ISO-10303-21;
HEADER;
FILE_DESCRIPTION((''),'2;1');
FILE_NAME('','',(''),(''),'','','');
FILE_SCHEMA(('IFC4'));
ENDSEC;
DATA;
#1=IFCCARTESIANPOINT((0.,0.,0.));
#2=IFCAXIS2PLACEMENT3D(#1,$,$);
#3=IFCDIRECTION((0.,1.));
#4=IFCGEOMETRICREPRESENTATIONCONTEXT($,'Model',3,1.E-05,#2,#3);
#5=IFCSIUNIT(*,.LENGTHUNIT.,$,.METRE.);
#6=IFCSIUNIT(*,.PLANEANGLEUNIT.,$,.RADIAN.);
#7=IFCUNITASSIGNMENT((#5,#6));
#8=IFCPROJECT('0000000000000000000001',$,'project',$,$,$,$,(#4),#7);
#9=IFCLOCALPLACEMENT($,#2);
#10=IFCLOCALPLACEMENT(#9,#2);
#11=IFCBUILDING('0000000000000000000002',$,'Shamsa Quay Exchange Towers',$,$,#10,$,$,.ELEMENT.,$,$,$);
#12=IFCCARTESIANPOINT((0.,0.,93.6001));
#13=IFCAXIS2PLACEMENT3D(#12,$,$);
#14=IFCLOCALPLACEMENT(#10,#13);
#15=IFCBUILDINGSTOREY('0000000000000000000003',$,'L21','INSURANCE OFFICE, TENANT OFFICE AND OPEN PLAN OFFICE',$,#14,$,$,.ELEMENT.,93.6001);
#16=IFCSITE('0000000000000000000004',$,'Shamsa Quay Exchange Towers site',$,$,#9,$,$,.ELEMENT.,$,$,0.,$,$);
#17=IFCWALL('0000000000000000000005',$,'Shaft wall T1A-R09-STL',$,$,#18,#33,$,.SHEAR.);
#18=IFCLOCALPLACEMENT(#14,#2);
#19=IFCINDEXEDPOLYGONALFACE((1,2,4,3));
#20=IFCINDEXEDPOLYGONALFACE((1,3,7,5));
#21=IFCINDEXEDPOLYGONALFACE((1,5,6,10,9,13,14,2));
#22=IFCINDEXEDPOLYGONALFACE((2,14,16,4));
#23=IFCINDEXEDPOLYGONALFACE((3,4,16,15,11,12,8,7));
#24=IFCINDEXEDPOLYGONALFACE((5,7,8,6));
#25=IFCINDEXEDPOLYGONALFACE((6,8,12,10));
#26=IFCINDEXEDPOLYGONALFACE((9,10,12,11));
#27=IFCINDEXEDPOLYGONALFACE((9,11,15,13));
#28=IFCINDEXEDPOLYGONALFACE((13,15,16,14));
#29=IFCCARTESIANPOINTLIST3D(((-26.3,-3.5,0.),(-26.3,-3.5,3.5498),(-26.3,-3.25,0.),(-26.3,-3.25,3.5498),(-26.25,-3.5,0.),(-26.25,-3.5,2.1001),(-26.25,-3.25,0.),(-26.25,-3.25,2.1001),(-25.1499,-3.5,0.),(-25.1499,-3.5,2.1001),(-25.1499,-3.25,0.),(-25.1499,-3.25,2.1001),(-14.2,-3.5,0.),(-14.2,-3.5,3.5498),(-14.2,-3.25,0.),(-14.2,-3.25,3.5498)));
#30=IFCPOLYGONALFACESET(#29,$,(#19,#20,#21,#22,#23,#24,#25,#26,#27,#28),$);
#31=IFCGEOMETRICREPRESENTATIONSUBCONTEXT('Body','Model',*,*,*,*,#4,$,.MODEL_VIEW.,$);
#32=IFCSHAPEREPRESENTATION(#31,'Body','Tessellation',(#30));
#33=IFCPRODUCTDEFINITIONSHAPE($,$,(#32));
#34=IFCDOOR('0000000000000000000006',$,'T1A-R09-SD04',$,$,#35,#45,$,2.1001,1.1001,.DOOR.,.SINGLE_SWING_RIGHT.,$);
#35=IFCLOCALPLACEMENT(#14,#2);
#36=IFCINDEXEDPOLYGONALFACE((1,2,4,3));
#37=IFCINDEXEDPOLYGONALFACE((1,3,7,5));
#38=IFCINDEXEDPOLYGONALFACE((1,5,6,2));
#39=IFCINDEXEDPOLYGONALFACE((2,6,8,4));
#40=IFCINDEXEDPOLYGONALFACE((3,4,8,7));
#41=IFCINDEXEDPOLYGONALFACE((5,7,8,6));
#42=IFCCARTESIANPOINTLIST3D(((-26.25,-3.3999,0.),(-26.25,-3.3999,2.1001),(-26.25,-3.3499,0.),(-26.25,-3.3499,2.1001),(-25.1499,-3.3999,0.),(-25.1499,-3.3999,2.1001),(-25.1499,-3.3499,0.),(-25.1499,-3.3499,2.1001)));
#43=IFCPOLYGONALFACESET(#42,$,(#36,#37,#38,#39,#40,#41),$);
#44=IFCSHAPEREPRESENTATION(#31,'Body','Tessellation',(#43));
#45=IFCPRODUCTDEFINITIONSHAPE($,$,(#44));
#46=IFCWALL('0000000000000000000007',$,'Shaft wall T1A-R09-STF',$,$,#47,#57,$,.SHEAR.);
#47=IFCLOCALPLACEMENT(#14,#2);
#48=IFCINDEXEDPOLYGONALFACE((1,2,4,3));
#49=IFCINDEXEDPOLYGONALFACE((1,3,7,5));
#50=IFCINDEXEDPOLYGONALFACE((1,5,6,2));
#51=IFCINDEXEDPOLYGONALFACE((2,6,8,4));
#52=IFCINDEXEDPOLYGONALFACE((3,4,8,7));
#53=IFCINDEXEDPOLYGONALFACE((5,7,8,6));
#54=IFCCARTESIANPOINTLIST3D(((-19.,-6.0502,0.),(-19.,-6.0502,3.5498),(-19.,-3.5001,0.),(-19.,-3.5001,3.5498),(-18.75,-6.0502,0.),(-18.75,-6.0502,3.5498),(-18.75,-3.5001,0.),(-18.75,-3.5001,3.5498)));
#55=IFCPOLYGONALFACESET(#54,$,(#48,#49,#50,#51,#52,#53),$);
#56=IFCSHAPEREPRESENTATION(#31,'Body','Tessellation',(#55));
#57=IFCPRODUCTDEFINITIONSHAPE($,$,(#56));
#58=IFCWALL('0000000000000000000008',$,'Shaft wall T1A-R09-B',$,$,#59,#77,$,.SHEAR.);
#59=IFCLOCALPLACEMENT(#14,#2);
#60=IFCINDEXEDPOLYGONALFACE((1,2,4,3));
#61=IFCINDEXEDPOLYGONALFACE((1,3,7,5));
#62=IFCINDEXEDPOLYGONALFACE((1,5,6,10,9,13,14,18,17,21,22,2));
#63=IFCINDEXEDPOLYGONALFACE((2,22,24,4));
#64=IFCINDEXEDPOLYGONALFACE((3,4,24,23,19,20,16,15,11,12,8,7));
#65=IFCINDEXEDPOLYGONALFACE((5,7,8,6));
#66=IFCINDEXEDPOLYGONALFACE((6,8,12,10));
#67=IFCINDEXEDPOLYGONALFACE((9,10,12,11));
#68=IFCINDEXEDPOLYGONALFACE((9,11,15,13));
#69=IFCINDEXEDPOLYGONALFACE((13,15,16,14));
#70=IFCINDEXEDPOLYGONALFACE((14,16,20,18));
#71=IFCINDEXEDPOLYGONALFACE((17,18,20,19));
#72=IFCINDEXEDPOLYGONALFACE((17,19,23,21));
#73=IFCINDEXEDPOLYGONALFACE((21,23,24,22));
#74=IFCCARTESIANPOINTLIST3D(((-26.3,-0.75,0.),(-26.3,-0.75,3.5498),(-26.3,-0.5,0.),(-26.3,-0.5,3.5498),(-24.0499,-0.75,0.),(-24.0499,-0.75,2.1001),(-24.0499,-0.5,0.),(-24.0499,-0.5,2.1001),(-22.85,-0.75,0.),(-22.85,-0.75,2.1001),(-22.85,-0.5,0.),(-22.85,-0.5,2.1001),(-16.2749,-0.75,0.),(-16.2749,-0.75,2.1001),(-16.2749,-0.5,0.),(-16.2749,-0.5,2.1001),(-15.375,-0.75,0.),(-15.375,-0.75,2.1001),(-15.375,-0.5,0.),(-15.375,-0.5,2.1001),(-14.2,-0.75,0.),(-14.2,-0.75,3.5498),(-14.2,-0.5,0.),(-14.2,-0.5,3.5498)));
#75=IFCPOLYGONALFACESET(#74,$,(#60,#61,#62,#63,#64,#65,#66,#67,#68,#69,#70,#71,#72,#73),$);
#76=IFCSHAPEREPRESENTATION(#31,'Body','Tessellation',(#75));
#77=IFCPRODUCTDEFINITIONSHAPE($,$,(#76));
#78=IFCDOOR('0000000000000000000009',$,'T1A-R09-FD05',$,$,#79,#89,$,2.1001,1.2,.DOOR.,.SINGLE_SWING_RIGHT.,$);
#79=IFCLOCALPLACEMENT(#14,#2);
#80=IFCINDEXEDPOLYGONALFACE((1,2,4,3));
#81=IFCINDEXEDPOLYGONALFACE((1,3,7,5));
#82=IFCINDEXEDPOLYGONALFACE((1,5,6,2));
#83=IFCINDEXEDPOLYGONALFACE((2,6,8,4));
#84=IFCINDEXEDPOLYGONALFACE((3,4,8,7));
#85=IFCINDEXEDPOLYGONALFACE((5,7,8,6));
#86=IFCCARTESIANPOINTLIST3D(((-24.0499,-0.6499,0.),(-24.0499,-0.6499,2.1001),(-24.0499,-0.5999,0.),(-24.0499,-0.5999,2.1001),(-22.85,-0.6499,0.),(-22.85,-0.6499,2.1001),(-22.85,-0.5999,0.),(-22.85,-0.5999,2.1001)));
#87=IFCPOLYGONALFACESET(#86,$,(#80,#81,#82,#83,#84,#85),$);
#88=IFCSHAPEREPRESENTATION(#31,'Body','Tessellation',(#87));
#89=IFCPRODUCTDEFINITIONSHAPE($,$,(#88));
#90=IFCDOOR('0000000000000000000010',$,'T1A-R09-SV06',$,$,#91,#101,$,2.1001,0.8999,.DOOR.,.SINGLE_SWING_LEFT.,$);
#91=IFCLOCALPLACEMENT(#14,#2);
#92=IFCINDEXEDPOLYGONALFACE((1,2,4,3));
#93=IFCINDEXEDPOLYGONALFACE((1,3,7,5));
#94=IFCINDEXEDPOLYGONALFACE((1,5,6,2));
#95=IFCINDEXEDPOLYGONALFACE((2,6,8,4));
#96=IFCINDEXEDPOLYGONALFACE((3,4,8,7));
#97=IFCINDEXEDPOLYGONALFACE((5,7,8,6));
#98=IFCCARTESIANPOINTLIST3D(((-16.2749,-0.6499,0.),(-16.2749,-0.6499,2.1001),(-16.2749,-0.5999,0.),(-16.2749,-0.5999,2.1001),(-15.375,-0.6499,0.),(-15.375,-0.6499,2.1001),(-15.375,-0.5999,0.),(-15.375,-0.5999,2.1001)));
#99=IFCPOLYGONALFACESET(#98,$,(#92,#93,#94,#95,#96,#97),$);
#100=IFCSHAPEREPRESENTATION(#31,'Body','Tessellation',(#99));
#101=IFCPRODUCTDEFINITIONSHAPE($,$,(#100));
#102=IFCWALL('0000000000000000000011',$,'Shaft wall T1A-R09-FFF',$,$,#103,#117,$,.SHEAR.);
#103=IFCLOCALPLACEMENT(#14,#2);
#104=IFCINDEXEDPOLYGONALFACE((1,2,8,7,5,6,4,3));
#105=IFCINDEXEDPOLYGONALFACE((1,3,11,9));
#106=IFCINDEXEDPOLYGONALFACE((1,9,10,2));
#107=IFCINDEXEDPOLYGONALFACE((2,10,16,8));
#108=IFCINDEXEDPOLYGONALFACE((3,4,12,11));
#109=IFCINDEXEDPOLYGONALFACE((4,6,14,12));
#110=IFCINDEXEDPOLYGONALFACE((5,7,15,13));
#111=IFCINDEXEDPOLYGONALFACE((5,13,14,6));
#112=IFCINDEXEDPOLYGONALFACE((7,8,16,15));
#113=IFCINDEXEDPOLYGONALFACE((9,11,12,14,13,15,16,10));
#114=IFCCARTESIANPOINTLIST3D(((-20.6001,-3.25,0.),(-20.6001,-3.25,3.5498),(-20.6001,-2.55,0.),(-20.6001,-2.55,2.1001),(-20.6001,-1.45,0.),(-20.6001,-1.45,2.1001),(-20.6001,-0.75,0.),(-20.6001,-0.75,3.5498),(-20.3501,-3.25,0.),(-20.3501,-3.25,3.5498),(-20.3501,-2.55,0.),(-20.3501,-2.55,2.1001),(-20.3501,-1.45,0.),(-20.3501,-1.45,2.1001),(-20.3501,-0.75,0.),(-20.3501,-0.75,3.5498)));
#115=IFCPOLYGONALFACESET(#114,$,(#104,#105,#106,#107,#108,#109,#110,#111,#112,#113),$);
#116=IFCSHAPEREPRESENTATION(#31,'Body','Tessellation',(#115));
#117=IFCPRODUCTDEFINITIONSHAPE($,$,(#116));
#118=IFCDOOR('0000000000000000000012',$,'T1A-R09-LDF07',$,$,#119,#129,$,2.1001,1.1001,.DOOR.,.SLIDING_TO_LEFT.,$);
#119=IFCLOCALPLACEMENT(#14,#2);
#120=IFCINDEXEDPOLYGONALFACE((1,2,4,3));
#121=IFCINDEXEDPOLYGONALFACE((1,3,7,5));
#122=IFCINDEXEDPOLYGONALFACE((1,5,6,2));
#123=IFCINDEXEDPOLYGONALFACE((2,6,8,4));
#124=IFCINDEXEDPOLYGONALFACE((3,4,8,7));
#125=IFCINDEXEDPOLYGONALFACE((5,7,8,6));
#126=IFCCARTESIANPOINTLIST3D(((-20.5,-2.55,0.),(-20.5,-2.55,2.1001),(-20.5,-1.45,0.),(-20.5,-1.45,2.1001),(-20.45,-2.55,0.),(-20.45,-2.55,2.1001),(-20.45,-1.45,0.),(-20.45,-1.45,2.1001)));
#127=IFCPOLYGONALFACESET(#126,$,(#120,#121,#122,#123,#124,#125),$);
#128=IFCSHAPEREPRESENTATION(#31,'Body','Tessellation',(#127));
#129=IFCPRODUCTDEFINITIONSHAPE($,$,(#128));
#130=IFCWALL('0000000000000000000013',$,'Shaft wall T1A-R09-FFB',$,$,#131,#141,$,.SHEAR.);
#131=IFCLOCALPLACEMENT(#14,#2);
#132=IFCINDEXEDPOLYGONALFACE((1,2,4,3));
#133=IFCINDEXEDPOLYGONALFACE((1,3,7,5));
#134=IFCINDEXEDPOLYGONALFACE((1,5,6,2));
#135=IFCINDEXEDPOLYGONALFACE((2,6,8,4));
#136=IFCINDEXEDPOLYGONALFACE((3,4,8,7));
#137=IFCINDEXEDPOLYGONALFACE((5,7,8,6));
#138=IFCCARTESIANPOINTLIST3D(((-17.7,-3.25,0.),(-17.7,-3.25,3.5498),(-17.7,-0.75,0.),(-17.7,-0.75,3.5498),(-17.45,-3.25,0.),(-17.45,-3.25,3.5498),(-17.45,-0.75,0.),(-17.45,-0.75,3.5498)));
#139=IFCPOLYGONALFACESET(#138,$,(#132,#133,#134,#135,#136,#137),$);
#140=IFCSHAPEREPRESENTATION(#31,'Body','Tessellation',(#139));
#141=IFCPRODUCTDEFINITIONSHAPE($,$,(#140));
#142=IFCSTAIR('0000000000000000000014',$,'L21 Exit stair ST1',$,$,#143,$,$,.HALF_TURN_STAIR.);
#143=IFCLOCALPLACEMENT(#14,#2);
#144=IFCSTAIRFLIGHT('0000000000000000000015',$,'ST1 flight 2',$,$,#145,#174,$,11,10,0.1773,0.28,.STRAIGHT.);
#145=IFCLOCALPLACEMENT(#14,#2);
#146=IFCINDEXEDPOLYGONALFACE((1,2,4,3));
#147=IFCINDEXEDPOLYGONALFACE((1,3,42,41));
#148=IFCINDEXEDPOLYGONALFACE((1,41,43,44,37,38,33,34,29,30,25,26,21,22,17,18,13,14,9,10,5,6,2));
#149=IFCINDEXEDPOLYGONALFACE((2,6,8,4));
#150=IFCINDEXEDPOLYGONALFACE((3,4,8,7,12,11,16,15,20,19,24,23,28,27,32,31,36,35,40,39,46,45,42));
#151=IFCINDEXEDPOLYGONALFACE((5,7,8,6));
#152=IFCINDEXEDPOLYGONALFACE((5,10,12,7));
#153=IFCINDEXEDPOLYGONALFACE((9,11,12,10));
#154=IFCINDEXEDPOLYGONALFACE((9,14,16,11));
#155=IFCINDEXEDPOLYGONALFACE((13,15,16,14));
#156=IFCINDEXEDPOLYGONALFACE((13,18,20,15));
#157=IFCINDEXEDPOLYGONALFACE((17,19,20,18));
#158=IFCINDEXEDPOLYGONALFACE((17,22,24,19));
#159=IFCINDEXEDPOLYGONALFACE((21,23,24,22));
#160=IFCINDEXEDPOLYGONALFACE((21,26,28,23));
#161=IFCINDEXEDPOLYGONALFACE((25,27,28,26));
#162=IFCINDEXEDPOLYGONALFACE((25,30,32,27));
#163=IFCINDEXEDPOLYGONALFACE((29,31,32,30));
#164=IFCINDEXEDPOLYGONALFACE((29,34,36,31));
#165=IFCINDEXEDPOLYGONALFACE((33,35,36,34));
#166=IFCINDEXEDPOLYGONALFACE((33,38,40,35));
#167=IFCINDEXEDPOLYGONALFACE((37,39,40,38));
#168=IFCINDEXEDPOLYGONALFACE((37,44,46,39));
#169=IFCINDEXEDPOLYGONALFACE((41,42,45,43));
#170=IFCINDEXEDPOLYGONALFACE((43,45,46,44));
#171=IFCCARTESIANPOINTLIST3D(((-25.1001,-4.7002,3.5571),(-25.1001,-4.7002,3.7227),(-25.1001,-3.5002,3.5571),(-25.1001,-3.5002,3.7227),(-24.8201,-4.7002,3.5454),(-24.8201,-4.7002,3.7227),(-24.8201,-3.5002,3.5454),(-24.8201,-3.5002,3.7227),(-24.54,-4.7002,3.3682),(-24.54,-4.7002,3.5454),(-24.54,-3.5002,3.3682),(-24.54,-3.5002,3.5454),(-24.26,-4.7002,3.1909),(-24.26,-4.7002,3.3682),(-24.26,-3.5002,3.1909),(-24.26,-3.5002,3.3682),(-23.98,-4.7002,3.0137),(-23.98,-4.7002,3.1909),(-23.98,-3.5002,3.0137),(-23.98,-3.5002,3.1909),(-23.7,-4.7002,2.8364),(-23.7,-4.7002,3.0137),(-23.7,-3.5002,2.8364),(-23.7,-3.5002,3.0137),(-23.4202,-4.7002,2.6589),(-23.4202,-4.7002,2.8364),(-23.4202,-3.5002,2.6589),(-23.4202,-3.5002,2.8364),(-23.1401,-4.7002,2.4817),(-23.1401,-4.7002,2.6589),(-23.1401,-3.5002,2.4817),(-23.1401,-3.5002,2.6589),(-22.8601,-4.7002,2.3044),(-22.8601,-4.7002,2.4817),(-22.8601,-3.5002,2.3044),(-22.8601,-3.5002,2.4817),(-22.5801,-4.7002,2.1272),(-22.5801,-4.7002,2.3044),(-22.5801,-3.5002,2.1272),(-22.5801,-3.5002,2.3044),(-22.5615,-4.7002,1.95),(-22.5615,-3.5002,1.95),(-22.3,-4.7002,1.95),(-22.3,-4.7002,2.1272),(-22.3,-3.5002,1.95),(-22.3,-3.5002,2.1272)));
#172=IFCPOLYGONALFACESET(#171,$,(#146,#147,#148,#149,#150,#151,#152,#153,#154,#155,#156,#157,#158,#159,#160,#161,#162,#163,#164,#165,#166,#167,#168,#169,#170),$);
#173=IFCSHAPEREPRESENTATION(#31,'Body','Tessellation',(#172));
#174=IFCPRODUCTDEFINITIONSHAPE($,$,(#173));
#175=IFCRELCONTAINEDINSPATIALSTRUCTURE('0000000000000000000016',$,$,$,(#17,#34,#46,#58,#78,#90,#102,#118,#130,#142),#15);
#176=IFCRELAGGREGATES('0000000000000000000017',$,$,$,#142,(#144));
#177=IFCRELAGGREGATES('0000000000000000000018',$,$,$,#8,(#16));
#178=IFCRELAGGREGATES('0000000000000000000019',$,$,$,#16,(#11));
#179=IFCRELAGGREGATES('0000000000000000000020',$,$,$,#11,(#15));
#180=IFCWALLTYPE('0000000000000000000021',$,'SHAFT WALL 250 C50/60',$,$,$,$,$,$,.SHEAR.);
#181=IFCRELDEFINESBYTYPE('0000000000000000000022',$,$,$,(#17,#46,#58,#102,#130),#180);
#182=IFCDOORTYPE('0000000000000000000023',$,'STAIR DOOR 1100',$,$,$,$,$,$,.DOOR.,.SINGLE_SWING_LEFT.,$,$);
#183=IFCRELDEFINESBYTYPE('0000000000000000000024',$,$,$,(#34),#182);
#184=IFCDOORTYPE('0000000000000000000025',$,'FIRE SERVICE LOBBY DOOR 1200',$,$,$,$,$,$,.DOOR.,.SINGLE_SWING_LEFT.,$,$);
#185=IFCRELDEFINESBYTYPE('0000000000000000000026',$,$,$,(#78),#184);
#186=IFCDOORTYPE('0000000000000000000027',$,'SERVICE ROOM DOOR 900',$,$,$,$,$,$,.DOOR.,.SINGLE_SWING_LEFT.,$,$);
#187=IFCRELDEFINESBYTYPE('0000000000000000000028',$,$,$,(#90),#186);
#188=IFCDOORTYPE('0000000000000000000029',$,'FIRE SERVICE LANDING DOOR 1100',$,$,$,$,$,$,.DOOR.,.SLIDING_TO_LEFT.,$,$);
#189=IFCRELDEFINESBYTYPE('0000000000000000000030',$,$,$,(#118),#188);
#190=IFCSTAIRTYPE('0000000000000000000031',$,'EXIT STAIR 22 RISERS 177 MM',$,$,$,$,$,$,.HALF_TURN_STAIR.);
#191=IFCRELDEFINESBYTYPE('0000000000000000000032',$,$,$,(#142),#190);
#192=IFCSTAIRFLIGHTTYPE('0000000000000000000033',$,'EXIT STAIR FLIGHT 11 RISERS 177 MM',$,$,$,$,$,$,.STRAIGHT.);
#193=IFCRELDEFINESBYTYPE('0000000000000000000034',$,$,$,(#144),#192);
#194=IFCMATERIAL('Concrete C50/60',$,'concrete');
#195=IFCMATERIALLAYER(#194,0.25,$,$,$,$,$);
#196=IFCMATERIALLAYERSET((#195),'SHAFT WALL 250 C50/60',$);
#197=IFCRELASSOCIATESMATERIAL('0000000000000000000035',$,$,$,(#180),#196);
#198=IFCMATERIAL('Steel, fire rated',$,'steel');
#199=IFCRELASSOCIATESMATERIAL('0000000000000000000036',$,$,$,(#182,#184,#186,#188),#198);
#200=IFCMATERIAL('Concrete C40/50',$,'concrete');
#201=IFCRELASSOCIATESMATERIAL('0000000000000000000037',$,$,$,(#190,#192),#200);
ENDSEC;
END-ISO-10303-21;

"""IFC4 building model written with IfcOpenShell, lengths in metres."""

from ifc_helpers import new_model, si_unit, direction, frame, frame_2d, origin, place, context, subcontext, project, spatial, polyline, rectangle, outline, extrude, material, layer, layer_set, type_object, element, fill, aggregate, save


model = new_model("IFC4")

# Units and contexts
model_context = context("Model", 3, precision=1e-05, world=origin(), true_north=direction((0.0, 1.0)))
body_context = subcontext(model_context, "Body", "Model", "MODEL_VIEW")
ifc_project = project(units=[si_unit("LENGTHUNIT", "METRE"), si_unit("PLANEANGLEUNIT", "RADIAN")], contexts=[model_context])

# Site, building, storey
site_placement = place(None, origin())
site = spatial("IfcSite", under=ifc_project, at=site_placement, Name="Shamsa Quay Exchange Towers site", CompositionType="ELEMENT", RefElevation=0.0)
building_placement = place(site_placement, origin())
building = spatial("IfcBuilding", under=site, at=building_placement, Name="Shamsa Quay Exchange Towers", CompositionType="ELEMENT")
storey_placement = place(building_placement, frame((0.0, 0.0, 93.6001)))
storey = spatial("IfcBuildingStorey", under=building, at=storey_placement, Name="L21", Description="INSURANCE OFFICE, TENANT OFFICE AND OPEN PLAN OFFICE", CompositionType="ELEMENT", Elevation=93.6001)

# Wall, opening, door
ifc_material_1 = material(Name="Concrete C50/60", Category="concrete")
ifc_layer_1 = layer(ifc_material_1, 0.25)
ifc_layer_set_1 = layer_set([ifc_layer_1], Name="SHAFT WALL 250 C50/60")
wall_type_1 = type_object("IfcWallType", Name="SHAFT WALL 250 C50/60", PredefinedType="SHEAR", material=ifc_layer_set_1)
wall_1_placement = place(storey_placement, frame((-14.2, -3.375, 0.0), z_axis=(0.0, 0.0, 1.0), x_axis=(-1.0, 0.0, 0.0)))
wall_1 = element("IfcWall", 1, at=wall_1_placement, inside=storey, type_object=wall_type_1, Name="Shaft wall T1A-R09-STL", PredefinedType="SHEAR", context=body_context, shape_type="SweptSolid", body=[
    extrude(rectangle(XDim=12.1001, YDim=0.25, at=frame_2d((6.05, 0.0))), origin(), (0.0, 0.0, 1.0), 3.5498),
])
opening_1_placement = place(wall_1_placement, frame((10.95, 0.0, 0.0)))
opening_1 = element("IfcOpeningElement", 2, at=opening_1_placement, cuts=wall_1, PredefinedType="OPENING", context=body_context, shape_type="SweptSolid", body=[
    extrude(rectangle(XDim=1.1001, YDim=2.1001, at=frame_2d((0.55, 1.05))), frame((0.0, 0.135, 0.0), z_axis=(0.0, -1.0, 0.0), x_axis=(1.0, 0.0, 0.0)), (0.0, 0.0, 1.0), 0.27),
])
ifc_material_2 = material(Name="Steel, fire rated", Category="steel")
door_type_1 = type_object("IfcDoorType", Name="STAIR DOOR 1100", OperationType="SINGLE_SWING_LEFT", PredefinedType="DOOR", material=ifc_material_2)
door_1_placement = place(opening_1_placement, origin())
door_1 = element("IfcDoor", 3, at=door_1_placement, inside=storey, type_object=door_type_1, Name="T1A-R09-SD04", OperationType="SINGLE_SWING_RIGHT", OverallHeight=2.1001, OverallWidth=1.1001, PredefinedType="DOOR", context=body_context, shape_type="SweptSolid", body=[
    extrude(rectangle(XDim=1.1001, YDim=2.1001, at=frame_2d((0.55, 1.05))), frame((0.0, 0.0249, 0.0), z_axis=(0.0, -1.0, 0.0), x_axis=(1.0, 0.0, 0.0)), (0.0, 0.0, 1.0), 0.05),
])
fill(opening_1, door_1)

# Wall
wall_2_placement = place(storey_placement, frame((-18.875, -6.05, 0.0), z_axis=(0.0, 0.0, 1.0), x_axis=(0.0, 1.0, 0.0)))
element("IfcWall", 4, at=wall_2_placement, inside=storey, type_object=wall_type_1, Name="Shaft wall T1A-R09-STF", PredefinedType="SHEAR", context=body_context, shape_type="SweptSolid", body=[
    extrude(rectangle(XDim=2.55, YDim=0.25, at=frame_2d((1.2749, 0.0))), origin(), (0.0, 0.0, 1.0), 3.5498),
])

# Wall, openings, doors
wall_3_placement = place(storey_placement, frame((-14.2, -0.625, 0.0), z_axis=(0.0, 0.0, 1.0), x_axis=(-1.0, 0.0, 0.0)))
wall_3 = element("IfcWall", 5, at=wall_3_placement, inside=storey, type_object=wall_type_1, Name="Shaft wall T1A-R09-B", PredefinedType="SHEAR", context=body_context, shape_type="SweptSolid", body=[
    extrude(rectangle(XDim=12.1001, YDim=0.25, at=frame_2d((6.05, 0.0))), origin(), (0.0, 0.0, 1.0), 3.5498),
])
opening_2_placement = place(wall_3_placement, frame((8.6499, 0.0, 0.0)))
opening_2 = element("IfcOpeningElement", 6, at=opening_2_placement, cuts=wall_3, PredefinedType="OPENING", context=body_context, shape_type="SweptSolid", body=[
    extrude(rectangle(XDim=1.2, YDim=2.1001, at=frame_2d((0.6001, 1.05))), frame((0.0, 0.135, 0.0), z_axis=(0.0, -1.0, 0.0), x_axis=(1.0, 0.0, 0.0)), (0.0, 0.0, 1.0), 0.27),
])
opening_3_placement = place(wall_3_placement, frame((1.175, 0.0, 0.0)))
opening_3 = element("IfcOpeningElement", 7, at=opening_3_placement, cuts=wall_3, PredefinedType="OPENING", context=body_context, shape_type="SweptSolid", body=[
    extrude(rectangle(XDim=0.8999, YDim=2.1001, at=frame_2d((0.45, 1.05))), frame((0.0, 0.135, 0.0), z_axis=(0.0, -1.0, 0.0), x_axis=(1.0, 0.0, 0.0)), (0.0, 0.0, 1.0), 0.27),
])
door_type_2 = type_object("IfcDoorType", Name="FIRE SERVICE LOBBY DOOR 1200", OperationType="SINGLE_SWING_LEFT", PredefinedType="DOOR", material=ifc_material_2)
door_2_placement = place(opening_2_placement, origin())
door_2 = element("IfcDoor", 8, at=door_2_placement, inside=storey, type_object=door_type_2, Name="T1A-R09-FD05", OperationType="SINGLE_SWING_RIGHT", OverallHeight=2.1001, OverallWidth=1.2, PredefinedType="DOOR", context=body_context, shape_type="SweptSolid", body=[
    extrude(rectangle(XDim=1.2, YDim=2.1001, at=frame_2d((0.6001, 1.05))), frame((0.0, 0.0249, 0.0), z_axis=(0.0, -1.0, 0.0), x_axis=(1.0, 0.0, 0.0)), (0.0, 0.0, 1.0), 0.05),
])
fill(opening_2, door_2)
door_type_3 = type_object("IfcDoorType", Name="SERVICE ROOM DOOR 900", OperationType="SINGLE_SWING_LEFT", PredefinedType="DOOR", material=ifc_material_2)
door_3_placement = place(opening_3_placement, origin())
door_3 = element("IfcDoor", 9, at=door_3_placement, inside=storey, type_object=door_type_3, Name="T1A-R09-SV06", OperationType="SINGLE_SWING_LEFT", OverallHeight=2.1001, OverallWidth=0.8999, PredefinedType="DOOR", context=body_context, shape_type="SweptSolid", body=[
    extrude(rectangle(XDim=0.8999, YDim=2.1001, at=frame_2d((0.45, 1.05))), frame((0.0, 0.0249, 0.0), z_axis=(0.0, -1.0, 0.0), x_axis=(1.0, 0.0, 0.0)), (0.0, 0.0, 1.0), 0.05),
])
fill(opening_3, door_3)

# Wall, opening, door
wall_4_placement = place(storey_placement, frame((-20.4751, -3.25, 0.0), z_axis=(0.0, 0.0, 1.0), x_axis=(0.0, 1.0, 0.0)))
wall_4 = element("IfcWall", 10, at=wall_4_placement, inside=storey, type_object=wall_type_1, Name="Shaft wall T1A-R09-FFF", PredefinedType="SHEAR", context=body_context, shape_type="SweptSolid", body=[
    extrude(rectangle(XDim=2.5, YDim=0.25, at=frame_2d((1.25, 0.0))), origin(), (0.0, 0.0, 1.0), 3.5498),
])
opening_4_placement = place(wall_4_placement, frame((0.7, 0.0, 0.0)))
opening_4 = element("IfcOpeningElement", 11, at=opening_4_placement, cuts=wall_4, PredefinedType="OPENING", context=body_context, shape_type="SweptSolid", body=[
    extrude(rectangle(XDim=1.1001, YDim=2.1001, at=frame_2d((0.55, 1.05))), frame((0.0, 0.135, 0.0), z_axis=(0.0, -1.0, 0.0), x_axis=(1.0, 0.0, 0.0)), (0.0, 0.0, 1.0), 0.27),
])
door_type_4 = type_object("IfcDoorType", Name="FIRE SERVICE LANDING DOOR 1100", OperationType="SLIDING_TO_LEFT", PredefinedType="DOOR", material=ifc_material_2)
door_4_placement = place(opening_4_placement, origin())
door_4 = element("IfcDoor", 12, at=door_4_placement, inside=storey, type_object=door_type_4, Name="T1A-R09-LDF07", OperationType="SLIDING_TO_LEFT", OverallHeight=2.1001, OverallWidth=1.1001, PredefinedType="DOOR", context=body_context, shape_type="SweptSolid", body=[
    extrude(rectangle(XDim=1.1001, YDim=2.1001, at=frame_2d((0.55, 1.05))), frame((0.0, 0.0249, 0.0), z_axis=(0.0, -1.0, 0.0), x_axis=(1.0, 0.0, 0.0)), (0.0, 0.0, 1.0), 0.05),
])
fill(opening_4, door_4)

# Wall
wall_5_placement = place(storey_placement, frame((-17.575, -3.25, 0.0), z_axis=(0.0, 0.0, 1.0), x_axis=(0.0, 1.0, 0.0)))
element("IfcWall", 13, at=wall_5_placement, inside=storey, type_object=wall_type_1, Name="Shaft wall T1A-R09-FFB", PredefinedType="SHEAR", context=body_context, shape_type="SweptSolid", body=[
    extrude(rectangle(XDim=2.5, YDim=0.25, at=frame_2d((1.25, 0.0))), origin(), (0.0, 0.0, 1.0), 3.5498),
])

# Stair, stair flight
ifc_material_3 = material(Name="Concrete C40/50", Category="concrete")
stair_type = type_object("IfcStairType", Name="EXIT STAIR 22 RISERS 177 MM", PredefinedType="HALF_TURN_STAIR", material=ifc_material_3)
stair_placement = place(storey_placement, origin())
stair = element("IfcStair", 14, at=stair_placement, inside=storey, type_object=stair_type, Name="L21 Exit stair ST1", PredefinedType="HALF_TURN_STAIR")
stair_flight_type = type_object("IfcStairFlightType", Name="EXIT STAIR FLIGHT 11 RISERS 177 MM", PredefinedType="STRAIGHT", material=ifc_material_3)
stair_flight_placement = place(storey_placement, frame((-22.3, -4.1001, 1.95), z_axis=(0.0, 0.0, 1.0), x_axis=(-1.0, 0.0, 0.0)))
stair_flight = element("IfcStairFlight", 15, at=stair_flight_placement, type_object=stair_flight_type, Name="ST1 flight 2", NumberOfRisers=11, NumberOfTreads=10, PredefinedType="STRAIGHT", RiserHeight=0.1773, TreadLength=0.28, context=body_context, shape_type="SweptSolid", body=[
    extrude(outline(polyline([(0.0, 0.0), (0.0, 0.1772), (0.28, 0.1772), (0.28, 0.3545), (0.5601, 0.3545), (0.5601, 0.5317), (0.8401, 0.5317), (0.8401, 0.709), (1.1201, 0.709), (1.1201, 0.8865), (1.3999, 0.8865), (1.3999, 1.0637), (1.6799, 1.0637), (1.6799, 1.241), (1.96, 1.241), (1.96, 1.4182), (2.24, 1.4182), (2.24, 1.5955), (2.52, 1.5955), (2.52, 1.7727), (2.8, 1.7727), (2.8, 1.95), (2.8, 1.6072), (0.2615, 0.0), (0.0, 0.0)])), frame((0.0, 0.6001, 0.0), z_axis=(0.0, -1.0, 0.0), x_axis=(1.0, 0.0, 0.0)), (0.0, 0.0, 1.0), 1.2),
])
aggregate(stair, [stair_flight])

save(model, "model.ifc")
